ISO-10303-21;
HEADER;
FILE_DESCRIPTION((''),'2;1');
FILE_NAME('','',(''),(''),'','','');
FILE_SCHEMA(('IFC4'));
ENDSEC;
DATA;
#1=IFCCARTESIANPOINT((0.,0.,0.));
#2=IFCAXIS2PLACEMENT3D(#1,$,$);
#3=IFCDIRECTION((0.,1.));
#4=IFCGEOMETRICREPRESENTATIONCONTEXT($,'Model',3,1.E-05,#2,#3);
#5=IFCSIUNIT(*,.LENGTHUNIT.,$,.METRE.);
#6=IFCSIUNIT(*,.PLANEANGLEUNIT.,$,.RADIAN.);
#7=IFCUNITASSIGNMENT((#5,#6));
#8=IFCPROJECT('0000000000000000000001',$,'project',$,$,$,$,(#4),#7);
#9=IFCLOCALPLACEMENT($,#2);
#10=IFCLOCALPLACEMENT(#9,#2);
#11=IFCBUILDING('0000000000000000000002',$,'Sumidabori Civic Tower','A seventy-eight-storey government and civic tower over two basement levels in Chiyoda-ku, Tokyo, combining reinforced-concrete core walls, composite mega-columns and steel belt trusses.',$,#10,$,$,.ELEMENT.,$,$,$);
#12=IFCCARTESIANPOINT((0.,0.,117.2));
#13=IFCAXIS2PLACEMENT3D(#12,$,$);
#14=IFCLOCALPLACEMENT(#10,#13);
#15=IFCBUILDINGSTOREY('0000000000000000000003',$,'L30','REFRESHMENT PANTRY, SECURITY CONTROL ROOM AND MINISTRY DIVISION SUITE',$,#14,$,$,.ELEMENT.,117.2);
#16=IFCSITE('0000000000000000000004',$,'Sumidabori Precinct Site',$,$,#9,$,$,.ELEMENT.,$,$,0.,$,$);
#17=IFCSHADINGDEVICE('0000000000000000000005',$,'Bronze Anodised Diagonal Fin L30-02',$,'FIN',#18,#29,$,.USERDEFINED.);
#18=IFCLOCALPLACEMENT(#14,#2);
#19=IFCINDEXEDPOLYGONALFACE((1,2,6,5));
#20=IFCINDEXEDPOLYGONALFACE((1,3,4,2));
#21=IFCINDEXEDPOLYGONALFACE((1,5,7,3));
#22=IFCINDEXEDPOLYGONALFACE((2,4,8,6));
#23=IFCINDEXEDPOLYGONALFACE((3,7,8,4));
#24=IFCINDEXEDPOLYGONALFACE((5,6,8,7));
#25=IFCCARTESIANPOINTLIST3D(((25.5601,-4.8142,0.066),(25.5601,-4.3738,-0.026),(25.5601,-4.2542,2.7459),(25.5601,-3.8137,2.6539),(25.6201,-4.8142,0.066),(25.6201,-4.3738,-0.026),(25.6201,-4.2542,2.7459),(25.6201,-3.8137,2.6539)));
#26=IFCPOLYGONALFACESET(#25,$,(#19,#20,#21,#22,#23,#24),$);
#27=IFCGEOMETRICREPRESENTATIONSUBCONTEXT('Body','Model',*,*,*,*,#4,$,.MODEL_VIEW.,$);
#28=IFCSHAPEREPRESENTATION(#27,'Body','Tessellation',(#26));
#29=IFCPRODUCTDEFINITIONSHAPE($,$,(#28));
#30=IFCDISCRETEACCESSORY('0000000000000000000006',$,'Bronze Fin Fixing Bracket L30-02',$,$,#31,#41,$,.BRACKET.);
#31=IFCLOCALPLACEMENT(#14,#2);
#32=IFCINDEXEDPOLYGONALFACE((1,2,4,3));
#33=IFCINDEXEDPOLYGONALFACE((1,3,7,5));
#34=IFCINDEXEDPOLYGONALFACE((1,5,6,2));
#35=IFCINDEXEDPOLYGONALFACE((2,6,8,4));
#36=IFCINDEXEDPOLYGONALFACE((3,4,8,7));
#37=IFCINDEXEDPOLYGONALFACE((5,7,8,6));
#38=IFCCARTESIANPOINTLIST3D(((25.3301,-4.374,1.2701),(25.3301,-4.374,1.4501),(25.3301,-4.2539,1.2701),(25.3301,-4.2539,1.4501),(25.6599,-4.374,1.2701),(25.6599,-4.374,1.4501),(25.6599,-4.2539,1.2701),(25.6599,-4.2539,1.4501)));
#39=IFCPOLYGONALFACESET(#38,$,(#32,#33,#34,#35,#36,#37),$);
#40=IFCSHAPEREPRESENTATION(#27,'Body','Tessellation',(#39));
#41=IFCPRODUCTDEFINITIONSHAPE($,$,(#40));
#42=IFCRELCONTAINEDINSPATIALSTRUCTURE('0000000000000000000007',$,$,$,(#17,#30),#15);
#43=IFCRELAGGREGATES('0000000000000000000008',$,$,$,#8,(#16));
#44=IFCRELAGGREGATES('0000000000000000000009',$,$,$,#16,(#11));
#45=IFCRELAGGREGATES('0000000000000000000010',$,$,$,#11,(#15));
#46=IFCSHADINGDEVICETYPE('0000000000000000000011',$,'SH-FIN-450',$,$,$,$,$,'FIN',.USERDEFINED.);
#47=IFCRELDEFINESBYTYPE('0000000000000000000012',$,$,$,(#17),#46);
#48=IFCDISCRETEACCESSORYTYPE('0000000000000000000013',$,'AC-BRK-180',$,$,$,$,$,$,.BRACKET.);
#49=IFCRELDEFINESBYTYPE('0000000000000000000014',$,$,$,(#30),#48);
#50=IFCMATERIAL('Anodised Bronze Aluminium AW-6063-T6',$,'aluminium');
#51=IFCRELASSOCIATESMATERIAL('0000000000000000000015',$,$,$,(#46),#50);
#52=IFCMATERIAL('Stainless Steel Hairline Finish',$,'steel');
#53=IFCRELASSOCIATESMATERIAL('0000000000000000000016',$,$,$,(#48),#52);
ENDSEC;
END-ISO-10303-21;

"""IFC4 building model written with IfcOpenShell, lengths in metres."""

from ifc_helpers import new_model, si_unit, direction, frame, origin, origin_2d, place, context, subcontext, project, spatial, rectangle, extrude, source, transform, mapped, material, material_profile, profile_set, type_object, element, save


model = new_model("IFC4")

# Units and contexts
model_context = context("Model", 3, precision=1e-05, world=origin(), true_north=direction((0.0, 1.0)))
body_context = subcontext(model_context, "Body", "Model", "MODEL_VIEW")
ifc_project = project(units=[si_unit("LENGTHUNIT", "METRE"), si_unit("PLANEANGLEUNIT", "RADIAN")], contexts=[model_context])

# Site, building, storey
site_placement = place(None, origin())
site = spatial("IfcSite", under=ifc_project, at=site_placement, Name="Sumidabori Precinct Site", CompositionType="ELEMENT", RefElevation=0.0)
building_placement = place(site_placement, origin())
building = spatial("IfcBuilding", under=site, at=building_placement, Name="Sumidabori Civic Tower", Description="A seventy-eight-storey government and civic tower over two basement levels in Chiyoda-ku, Tokyo, combining reinforced-concrete core walls, composite mega-columns and steel belt trusses.", CompositionType="ELEMENT")
storey_placement = place(building_placement, frame((0.0, 0.0, 117.2)))
storey = spatial("IfcBuildingStorey", under=building, at=storey_placement, Name="L30", Description="REFRESHMENT PANTRY, SECURITY CONTROL ROOM AND MINISTRY DIVISION SUITE", CompositionType="ELEMENT", Elevation=117.2)

# Shared definitions
ifc_material_1 = material(Name="Anodised Bronze Aluminium AW-6063-T6", Category="aluminium")

# Shading device
ifc_material_profile_1 = material_profile(ifc_material_1, rectangle(XDim=0.0601, YDim=0.45, at=origin_2d()), Name="BRONZE FIN 450x60")
ifc_profile_set_1 = profile_set([ifc_material_profile_1], Name="Anodised Bronze Aluminium AW-6063-T6")
shading_device_type = type_object("IfcShadingDeviceType", Name="SH-FIN-450", ElementType="FIN", PredefinedType="USERDEFINED", material=ifc_profile_set_1)
shared_shape_1 = source(origin(), body_context, "Body", "SweptSolid", [
    extrude(rectangle(XDim=0.0601, YDim=0.45, at=origin_2d()), origin(), (0.0, 0.0, 1.0), 2.7378),
])
shading_device_placement = place(storey_placement, frame((25.5901, -4.594, 0.02), z_axis=(0.0, 0.204563, 0.978853), x_axis=(-1.0, 0.0, 0.0)))
element("IfcShadingDevice", 1, at=shading_device_placement, inside=storey, type_object=shading_device_type, Name="Bronze Anodised Diagonal Fin L30-02", ObjectType="FIN", PredefinedType="USERDEFINED", context=body_context, shape_type="MappedRepresentation", body=[
    mapped(shared_shape_1, transform((0.0, 0.0, 0.0), x_axis=(1.0, 0.0, 0.0), y_axis=(0.0, 1.0, 0.0), z_axis=(0.0, 0.0, 1.0), scale=1.0)),
])

# Discrete accessory
ifc_material_2 = material(Name="Stainless Steel Hairline Finish", Category="steel")
ifc_material_profile_2 = material_profile(ifc_material_2, rectangle(XDim=0.1201, YDim=0.1799, at=origin_2d()), Name="STEEL BRACKET 180x120")
ifc_profile_set_2 = profile_set([ifc_material_profile_2], Name="Stainless Steel Hairline Finish")
discrete_accessory_type = type_object("IfcDiscreteAccessoryType", Name="AC-BRK-180", PredefinedType="BRACKET", material=ifc_profile_set_2)
shared_shape_2 = source(origin(), body_context, "Body", "SweptSolid", [
    extrude(rectangle(XDim=0.1201, YDim=0.1799, at=origin_2d()), origin(), (0.0, 0.0, 1.0), 0.3298),
])
discrete_accessory_placement = place(storey_placement, frame((25.3301, -4.314, 1.3601), z_axis=(1.0, 0.0, 0.0), x_axis=(0.0, 1.0, 0.0)))
element("IfcDiscreteAccessory", 2, at=discrete_accessory_placement, inside=storey, type_object=discrete_accessory_type, Name="Bronze Fin Fixing Bracket L30-02", PredefinedType="BRACKET", context=body_context, shape_type="MappedRepresentation", body=[
    mapped(shared_shape_2, transform((0.0, 0.0, 0.0), x_axis=(1.0, 0.0, 0.0), y_axis=(0.0, 1.0, 0.0), z_axis=(0.0, 0.0, 1.0), scale=1.0)),
])

save(model, "model.ifc")
